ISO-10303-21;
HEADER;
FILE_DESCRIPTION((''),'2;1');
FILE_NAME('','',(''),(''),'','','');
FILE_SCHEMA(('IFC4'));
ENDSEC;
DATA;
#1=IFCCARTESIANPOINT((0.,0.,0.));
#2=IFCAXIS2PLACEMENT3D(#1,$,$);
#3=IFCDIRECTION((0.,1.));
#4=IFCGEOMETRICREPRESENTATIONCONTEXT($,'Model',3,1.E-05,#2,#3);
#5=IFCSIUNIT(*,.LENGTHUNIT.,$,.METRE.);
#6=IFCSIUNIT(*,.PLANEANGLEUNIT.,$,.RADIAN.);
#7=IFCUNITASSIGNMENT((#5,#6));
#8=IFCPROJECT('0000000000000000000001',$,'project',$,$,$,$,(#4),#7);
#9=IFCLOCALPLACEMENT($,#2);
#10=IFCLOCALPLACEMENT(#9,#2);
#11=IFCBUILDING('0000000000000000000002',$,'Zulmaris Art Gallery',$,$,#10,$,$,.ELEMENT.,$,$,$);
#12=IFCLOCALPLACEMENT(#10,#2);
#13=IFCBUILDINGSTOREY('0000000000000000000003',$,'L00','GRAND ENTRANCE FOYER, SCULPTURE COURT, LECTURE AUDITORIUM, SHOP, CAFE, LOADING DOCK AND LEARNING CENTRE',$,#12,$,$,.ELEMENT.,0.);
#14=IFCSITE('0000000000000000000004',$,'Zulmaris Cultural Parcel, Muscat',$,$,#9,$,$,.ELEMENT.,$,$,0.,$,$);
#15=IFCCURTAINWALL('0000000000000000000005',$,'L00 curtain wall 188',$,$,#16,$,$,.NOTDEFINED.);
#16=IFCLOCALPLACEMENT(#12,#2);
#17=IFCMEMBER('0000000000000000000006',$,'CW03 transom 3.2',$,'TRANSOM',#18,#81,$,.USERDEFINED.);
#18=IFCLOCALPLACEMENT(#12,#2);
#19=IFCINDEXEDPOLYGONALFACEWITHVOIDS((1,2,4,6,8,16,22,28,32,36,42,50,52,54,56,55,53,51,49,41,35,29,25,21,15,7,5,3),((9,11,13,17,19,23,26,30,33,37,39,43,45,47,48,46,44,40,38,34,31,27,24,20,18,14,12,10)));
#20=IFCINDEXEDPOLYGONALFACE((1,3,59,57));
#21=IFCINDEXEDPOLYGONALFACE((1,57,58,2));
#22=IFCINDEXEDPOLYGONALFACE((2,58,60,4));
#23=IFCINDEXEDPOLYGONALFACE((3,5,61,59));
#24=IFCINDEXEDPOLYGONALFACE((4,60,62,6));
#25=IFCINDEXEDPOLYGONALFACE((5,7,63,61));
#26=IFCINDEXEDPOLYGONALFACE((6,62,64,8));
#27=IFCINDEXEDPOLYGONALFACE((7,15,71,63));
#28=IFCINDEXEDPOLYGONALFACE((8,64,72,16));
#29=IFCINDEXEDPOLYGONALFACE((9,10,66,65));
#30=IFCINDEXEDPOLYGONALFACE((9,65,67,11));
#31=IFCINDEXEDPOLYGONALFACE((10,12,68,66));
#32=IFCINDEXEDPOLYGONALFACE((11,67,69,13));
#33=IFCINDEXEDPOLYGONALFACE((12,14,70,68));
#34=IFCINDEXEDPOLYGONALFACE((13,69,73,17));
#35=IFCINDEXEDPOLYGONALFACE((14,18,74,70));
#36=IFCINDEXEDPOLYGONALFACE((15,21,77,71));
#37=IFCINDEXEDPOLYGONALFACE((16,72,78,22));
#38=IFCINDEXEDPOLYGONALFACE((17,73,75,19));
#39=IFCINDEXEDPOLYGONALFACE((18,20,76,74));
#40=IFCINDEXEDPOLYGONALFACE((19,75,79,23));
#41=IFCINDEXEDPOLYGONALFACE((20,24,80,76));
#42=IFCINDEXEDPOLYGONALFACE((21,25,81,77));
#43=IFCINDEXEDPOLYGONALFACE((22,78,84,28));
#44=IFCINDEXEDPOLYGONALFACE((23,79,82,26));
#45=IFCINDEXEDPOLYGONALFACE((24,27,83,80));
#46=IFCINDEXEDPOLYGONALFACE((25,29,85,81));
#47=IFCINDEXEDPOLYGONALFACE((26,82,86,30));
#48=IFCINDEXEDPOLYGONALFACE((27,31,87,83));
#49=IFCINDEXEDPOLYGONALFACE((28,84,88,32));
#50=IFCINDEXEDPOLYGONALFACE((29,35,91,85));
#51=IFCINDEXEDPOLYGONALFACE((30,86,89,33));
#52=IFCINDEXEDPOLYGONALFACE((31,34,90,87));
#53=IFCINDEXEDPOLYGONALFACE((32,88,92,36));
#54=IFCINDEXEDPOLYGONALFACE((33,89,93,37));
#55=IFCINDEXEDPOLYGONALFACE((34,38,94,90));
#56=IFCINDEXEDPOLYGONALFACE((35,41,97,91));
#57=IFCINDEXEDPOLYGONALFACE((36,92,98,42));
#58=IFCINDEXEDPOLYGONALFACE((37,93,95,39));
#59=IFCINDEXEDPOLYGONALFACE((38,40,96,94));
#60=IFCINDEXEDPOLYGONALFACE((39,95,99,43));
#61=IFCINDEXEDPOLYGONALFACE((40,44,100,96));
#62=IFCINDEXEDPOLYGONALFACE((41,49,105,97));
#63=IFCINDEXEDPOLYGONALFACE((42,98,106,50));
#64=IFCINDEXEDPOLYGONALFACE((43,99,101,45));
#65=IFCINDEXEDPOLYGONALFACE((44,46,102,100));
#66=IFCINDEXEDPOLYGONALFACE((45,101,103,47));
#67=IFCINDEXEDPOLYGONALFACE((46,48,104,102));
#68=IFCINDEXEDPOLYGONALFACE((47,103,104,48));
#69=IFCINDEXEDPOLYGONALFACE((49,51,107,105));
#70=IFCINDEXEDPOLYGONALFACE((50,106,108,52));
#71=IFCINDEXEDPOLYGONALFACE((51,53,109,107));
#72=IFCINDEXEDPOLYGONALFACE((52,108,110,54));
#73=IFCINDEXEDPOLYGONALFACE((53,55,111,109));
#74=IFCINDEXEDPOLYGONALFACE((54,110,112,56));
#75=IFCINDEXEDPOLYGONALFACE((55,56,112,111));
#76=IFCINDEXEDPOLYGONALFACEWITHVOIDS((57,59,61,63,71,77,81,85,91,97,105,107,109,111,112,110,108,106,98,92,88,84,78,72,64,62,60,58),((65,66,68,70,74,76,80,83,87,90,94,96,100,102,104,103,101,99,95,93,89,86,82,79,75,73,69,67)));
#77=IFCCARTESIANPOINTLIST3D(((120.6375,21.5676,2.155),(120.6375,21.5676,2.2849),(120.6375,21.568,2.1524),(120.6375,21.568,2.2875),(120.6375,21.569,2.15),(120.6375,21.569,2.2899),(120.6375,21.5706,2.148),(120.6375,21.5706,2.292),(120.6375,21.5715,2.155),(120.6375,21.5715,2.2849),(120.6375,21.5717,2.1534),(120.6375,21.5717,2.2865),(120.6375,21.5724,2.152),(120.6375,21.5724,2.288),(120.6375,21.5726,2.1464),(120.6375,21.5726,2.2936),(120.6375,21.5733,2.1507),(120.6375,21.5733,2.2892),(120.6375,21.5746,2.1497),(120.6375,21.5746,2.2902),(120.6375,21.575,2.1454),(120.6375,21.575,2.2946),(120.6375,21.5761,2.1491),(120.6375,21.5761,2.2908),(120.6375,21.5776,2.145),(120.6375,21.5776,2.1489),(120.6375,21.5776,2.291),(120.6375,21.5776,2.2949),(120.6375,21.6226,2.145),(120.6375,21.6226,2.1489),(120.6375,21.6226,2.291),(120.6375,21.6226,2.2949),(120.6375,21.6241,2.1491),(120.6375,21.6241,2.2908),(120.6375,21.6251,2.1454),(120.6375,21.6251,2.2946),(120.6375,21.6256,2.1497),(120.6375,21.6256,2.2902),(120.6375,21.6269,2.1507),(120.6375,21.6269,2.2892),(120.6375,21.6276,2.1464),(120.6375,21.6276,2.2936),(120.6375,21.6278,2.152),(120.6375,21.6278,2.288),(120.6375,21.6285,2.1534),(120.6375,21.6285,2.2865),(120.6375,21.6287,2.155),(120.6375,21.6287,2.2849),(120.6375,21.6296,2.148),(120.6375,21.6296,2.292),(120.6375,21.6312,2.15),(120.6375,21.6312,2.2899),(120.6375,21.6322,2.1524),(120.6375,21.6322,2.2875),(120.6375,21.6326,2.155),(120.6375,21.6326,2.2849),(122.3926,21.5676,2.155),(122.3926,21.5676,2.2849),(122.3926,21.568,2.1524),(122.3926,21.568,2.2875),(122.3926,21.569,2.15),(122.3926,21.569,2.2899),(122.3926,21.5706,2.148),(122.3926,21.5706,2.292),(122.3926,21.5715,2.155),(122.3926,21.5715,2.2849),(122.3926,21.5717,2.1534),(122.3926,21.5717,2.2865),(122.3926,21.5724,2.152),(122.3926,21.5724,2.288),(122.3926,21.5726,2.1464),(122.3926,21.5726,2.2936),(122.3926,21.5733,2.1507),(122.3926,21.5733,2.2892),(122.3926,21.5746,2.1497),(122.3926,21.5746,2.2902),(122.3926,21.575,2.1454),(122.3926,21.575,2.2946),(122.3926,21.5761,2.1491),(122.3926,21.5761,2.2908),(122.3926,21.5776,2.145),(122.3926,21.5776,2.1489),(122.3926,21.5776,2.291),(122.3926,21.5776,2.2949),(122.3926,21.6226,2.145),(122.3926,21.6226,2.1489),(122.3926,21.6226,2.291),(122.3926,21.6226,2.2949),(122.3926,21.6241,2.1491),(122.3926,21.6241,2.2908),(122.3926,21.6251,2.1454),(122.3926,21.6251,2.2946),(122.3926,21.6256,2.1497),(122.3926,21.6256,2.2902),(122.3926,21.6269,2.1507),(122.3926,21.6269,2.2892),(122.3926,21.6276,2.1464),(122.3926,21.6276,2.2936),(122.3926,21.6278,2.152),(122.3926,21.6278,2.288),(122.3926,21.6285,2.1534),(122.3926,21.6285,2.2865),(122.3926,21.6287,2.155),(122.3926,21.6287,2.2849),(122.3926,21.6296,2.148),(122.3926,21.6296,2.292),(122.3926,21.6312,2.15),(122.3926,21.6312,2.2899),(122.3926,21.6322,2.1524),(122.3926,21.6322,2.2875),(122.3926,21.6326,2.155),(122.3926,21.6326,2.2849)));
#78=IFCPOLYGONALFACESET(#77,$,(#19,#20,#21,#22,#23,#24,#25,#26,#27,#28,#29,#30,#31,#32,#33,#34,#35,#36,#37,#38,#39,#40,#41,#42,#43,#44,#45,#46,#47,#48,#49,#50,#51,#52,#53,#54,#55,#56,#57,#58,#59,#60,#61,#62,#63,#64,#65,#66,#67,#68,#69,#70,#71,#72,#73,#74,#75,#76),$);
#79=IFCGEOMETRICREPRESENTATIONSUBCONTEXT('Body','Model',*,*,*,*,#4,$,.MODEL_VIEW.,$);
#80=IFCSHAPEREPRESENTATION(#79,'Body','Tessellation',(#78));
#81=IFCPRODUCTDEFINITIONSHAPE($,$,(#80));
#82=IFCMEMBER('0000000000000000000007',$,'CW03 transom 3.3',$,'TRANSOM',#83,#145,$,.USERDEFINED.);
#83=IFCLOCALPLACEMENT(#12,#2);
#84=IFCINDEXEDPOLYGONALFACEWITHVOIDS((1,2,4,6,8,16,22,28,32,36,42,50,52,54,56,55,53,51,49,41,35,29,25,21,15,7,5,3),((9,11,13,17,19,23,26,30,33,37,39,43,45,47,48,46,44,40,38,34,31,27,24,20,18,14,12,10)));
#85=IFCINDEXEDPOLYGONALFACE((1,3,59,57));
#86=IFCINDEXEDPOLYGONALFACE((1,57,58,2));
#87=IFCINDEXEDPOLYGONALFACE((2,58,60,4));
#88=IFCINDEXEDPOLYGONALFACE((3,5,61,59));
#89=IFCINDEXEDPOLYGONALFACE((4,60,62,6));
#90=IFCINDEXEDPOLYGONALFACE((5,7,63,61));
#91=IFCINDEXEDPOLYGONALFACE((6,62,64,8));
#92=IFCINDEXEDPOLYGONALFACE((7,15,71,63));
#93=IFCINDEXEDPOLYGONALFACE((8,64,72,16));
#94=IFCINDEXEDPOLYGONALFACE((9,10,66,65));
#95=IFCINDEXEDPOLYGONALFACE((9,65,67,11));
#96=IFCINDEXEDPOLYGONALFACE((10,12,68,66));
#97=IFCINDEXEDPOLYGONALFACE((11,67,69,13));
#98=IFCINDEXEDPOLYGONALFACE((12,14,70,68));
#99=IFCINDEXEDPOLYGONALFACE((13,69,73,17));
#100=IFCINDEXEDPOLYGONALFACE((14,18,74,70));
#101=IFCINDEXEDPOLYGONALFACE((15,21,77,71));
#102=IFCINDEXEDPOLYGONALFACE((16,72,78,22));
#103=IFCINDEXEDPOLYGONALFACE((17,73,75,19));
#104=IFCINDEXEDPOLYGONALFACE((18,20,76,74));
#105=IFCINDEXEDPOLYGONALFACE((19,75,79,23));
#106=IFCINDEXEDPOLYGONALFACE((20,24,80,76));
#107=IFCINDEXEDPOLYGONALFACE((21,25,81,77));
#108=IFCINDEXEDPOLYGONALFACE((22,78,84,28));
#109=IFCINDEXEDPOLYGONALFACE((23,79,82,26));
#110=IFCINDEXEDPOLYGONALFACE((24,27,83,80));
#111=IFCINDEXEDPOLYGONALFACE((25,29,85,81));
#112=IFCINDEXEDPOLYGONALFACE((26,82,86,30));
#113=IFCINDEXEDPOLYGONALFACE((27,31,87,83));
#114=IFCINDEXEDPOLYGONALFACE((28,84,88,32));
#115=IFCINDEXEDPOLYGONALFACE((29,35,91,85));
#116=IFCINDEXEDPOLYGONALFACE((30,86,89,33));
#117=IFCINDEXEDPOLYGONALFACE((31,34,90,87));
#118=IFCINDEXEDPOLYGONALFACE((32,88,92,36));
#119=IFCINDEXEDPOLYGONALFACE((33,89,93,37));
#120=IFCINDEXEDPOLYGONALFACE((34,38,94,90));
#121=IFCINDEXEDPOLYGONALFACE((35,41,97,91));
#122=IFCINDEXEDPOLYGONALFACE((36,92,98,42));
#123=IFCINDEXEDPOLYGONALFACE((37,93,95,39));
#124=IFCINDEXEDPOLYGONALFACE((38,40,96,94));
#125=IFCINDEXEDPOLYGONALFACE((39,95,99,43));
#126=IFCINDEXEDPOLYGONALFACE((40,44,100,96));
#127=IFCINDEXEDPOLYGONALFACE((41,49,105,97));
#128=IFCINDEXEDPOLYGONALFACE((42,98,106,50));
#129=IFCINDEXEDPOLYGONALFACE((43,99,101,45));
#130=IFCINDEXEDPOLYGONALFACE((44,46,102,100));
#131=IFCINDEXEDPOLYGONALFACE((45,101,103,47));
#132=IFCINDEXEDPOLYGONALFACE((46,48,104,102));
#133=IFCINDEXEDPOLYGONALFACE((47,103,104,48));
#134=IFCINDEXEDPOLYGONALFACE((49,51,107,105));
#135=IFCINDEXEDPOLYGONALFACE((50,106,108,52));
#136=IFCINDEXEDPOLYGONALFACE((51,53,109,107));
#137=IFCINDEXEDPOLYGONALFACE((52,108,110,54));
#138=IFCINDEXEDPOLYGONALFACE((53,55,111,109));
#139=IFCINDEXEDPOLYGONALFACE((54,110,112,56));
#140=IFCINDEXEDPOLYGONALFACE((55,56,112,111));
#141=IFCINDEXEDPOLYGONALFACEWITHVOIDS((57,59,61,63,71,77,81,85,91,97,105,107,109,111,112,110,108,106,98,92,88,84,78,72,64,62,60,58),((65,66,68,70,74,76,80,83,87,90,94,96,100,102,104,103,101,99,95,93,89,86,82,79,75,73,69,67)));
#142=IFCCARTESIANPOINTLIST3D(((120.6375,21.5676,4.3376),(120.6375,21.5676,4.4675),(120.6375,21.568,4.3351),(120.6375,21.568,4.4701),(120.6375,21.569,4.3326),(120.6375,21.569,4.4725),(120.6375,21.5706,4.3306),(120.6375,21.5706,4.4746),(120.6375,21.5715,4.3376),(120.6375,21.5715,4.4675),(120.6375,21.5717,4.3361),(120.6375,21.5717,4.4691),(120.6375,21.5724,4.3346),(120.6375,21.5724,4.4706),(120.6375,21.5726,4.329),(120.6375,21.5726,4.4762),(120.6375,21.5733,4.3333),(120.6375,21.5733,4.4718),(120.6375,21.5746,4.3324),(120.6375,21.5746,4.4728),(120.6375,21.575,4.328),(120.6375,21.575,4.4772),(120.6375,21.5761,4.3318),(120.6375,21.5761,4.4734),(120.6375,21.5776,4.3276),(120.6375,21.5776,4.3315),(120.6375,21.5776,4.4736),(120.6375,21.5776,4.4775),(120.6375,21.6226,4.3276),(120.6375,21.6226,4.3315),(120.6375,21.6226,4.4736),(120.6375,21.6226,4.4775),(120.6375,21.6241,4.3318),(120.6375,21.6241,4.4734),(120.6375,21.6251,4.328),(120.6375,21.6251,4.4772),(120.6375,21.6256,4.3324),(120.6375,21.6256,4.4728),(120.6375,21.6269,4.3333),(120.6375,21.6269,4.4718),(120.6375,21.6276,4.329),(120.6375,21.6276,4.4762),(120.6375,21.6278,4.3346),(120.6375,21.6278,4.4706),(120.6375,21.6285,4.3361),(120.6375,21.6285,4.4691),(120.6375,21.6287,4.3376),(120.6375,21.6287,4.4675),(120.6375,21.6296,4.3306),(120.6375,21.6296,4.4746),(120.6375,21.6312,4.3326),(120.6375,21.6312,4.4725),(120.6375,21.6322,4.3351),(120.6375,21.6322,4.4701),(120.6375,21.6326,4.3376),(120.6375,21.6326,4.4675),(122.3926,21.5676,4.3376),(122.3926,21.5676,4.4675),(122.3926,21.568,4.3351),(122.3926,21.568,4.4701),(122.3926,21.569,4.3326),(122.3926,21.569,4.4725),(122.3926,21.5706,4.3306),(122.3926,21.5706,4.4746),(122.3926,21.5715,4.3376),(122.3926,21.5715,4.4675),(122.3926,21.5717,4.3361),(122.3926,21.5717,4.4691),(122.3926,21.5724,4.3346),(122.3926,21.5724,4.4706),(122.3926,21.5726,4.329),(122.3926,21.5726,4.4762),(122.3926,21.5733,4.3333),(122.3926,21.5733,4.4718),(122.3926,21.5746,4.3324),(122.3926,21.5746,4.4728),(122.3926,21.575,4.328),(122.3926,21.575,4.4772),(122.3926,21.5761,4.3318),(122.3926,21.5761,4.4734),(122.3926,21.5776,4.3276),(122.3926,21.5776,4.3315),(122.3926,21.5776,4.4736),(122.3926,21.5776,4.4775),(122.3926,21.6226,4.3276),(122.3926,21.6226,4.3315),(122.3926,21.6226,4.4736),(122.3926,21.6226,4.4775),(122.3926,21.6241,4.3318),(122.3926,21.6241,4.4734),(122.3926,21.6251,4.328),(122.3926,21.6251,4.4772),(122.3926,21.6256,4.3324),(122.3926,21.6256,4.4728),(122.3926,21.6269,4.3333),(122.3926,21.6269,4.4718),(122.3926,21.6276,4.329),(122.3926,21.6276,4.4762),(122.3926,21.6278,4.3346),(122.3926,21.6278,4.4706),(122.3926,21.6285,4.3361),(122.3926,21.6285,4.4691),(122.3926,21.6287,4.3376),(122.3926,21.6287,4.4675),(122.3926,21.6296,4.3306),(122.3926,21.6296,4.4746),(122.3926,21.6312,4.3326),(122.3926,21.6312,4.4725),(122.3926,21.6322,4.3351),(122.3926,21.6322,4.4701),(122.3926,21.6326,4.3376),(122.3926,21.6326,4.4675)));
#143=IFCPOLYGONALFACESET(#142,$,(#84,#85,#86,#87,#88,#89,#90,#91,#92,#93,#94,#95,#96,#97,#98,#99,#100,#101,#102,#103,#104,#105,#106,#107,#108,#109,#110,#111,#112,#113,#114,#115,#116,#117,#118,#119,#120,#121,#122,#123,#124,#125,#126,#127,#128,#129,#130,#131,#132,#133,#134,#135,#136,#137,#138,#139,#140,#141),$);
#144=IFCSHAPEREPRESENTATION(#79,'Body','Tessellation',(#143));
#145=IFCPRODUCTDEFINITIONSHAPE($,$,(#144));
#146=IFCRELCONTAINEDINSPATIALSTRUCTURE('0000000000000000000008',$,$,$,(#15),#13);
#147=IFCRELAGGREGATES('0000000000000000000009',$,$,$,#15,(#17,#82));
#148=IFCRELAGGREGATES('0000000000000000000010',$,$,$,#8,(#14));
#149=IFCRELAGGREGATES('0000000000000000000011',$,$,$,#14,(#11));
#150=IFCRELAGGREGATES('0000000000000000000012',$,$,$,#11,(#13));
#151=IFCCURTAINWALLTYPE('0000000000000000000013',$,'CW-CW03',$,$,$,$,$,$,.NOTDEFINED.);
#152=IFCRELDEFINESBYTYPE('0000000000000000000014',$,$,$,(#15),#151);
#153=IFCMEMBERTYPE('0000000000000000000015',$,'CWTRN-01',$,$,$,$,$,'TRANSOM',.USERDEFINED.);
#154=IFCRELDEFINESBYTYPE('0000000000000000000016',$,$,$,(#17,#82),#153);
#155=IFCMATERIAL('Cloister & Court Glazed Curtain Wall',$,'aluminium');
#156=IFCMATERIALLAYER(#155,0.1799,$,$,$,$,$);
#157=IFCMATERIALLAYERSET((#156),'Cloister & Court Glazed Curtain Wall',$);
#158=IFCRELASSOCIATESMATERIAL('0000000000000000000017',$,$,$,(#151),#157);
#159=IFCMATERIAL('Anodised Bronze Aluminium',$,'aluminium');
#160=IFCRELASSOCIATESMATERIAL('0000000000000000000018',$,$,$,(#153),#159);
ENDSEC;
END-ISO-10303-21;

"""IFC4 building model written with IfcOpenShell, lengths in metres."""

from ifc_helpers import new_model, si_unit, direction, frame, origin, origin_2d, place, context, subcontext, project, spatial, hollow_rectangle, extrude, material, layer, layer_set, material_profile, profile_set, type_object, element, aggregate, save


model = new_model("IFC4")

# Units and contexts
model_context = context("Model", 3, precision=1e-05, world=origin(), true_north=direction((0.0, 1.0)))
body_context = subcontext(model_context, "Body", "Model", "MODEL_VIEW")
ifc_project = project(units=[si_unit("LENGTHUNIT", "METRE"), si_unit("PLANEANGLEUNIT", "RADIAN")], contexts=[model_context])

# Site, building, storey
site_placement = place(None, origin())
site = spatial("IfcSite", under=ifc_project, at=site_placement, Name="Zulmaris Cultural Parcel, Muscat", CompositionType="ELEMENT", RefElevation=0.0)
building_placement = place(site_placement, origin())
building = spatial("IfcBuilding", under=site, at=building_placement, Name="Zulmaris Art Gallery", CompositionType="ELEMENT")
storey_placement = place(building_placement, origin())
storey = spatial("IfcBuildingStorey", under=building, at=storey_placement, Name="L00", Description="GRAND ENTRANCE FOYER, SCULPTURE COURT, LECTURE AUDITORIUM, SHOP, CAFE, LOADING DOCK AND LEARNING CENTRE", CompositionType="ELEMENT", Elevation=0.0)

# Curtain wall
ifc_material_1 = material(Name="Cloister & Court Glazed Curtain Wall", Category="aluminium")
ifc_layer_1 = layer(ifc_material_1, 0.1799)
ifc_layer_set_1 = layer_set([ifc_layer_1], Name="Cloister & Court Glazed Curtain Wall")
curtain_wall_type = type_object("IfcCurtainWallType", Name="CW-CW03", PredefinedType="NOTDEFINED", material=ifc_layer_set_1)
ifc_material_2 = material(Name="Anodised Bronze Aluminium", Category="aluminium")
curtain_wall_1_placement = place(storey_placement, origin())
curtain_wall_1 = element("IfcCurtainWall", 1, at=curtain_wall_1_placement, inside=storey, type_object=curtain_wall_type, Name="L00 curtain wall 188", PredefinedType="NOTDEFINED")

# Members
ifc_material_profile_1 = material_profile(ifc_material_2, hollow_rectangle(XDim=0.0649, YDim=0.1499, WallThickness=0.0039, InnerFilletRadius=0.0061, OuterFilletRadius=0.01, at=origin_2d()), Name="ALU 65x150x4")
ifc_profile_set_1 = profile_set([ifc_material_profile_1], Name="Anodised Bronze Aluminium")
member_type_1 = type_object("IfcMemberType", Name="CWTRN-01", ElementType="TRANSOM", PredefinedType="USERDEFINED", material=ifc_profile_set_1)
member_1_placement = place(storey_placement, frame((120.6375, 21.6001, 2.22), z_axis=(1.0, 0.0, 0.0), x_axis=(0.0, 1.0, 0.0)))
member_1 = element("IfcMember", 2, at=member_1_placement, type_object=member_type_1, Name="CW03 transom 3.2", ObjectType="TRANSOM", PredefinedType="USERDEFINED", context=body_context, shape_type="SweptSolid", body=[
    extrude(hollow_rectangle(XDim=0.0649, YDim=0.1499, WallThickness=0.0039, InnerFilletRadius=0.0061, OuterFilletRadius=0.01, at=origin_2d()), origin(), (0.0, 0.0, 1.0), 1.7551),
])
member_2_placement = place(storey_placement, frame((120.6375, 21.6001, 4.4026), z_axis=(1.0, 0.0, 0.0), x_axis=(0.0, 1.0, 0.0)))
member_2 = element("IfcMember", 3, at=member_2_placement, type_object=member_type_1, Name="CW03 transom 3.3", ObjectType="TRANSOM", PredefinedType="USERDEFINED", context=body_context, shape_type="SweptSolid", body=[
    extrude(hollow_rectangle(XDim=0.0649, YDim=0.1499, WallThickness=0.0039, InnerFilletRadius=0.0061, OuterFilletRadius=0.01, at=origin_2d()), origin(), (0.0, 0.0, 1.0), 1.7551),
])

aggregate(curtain_wall_1, [member_1, member_2])

save(model, "model.ifc")
